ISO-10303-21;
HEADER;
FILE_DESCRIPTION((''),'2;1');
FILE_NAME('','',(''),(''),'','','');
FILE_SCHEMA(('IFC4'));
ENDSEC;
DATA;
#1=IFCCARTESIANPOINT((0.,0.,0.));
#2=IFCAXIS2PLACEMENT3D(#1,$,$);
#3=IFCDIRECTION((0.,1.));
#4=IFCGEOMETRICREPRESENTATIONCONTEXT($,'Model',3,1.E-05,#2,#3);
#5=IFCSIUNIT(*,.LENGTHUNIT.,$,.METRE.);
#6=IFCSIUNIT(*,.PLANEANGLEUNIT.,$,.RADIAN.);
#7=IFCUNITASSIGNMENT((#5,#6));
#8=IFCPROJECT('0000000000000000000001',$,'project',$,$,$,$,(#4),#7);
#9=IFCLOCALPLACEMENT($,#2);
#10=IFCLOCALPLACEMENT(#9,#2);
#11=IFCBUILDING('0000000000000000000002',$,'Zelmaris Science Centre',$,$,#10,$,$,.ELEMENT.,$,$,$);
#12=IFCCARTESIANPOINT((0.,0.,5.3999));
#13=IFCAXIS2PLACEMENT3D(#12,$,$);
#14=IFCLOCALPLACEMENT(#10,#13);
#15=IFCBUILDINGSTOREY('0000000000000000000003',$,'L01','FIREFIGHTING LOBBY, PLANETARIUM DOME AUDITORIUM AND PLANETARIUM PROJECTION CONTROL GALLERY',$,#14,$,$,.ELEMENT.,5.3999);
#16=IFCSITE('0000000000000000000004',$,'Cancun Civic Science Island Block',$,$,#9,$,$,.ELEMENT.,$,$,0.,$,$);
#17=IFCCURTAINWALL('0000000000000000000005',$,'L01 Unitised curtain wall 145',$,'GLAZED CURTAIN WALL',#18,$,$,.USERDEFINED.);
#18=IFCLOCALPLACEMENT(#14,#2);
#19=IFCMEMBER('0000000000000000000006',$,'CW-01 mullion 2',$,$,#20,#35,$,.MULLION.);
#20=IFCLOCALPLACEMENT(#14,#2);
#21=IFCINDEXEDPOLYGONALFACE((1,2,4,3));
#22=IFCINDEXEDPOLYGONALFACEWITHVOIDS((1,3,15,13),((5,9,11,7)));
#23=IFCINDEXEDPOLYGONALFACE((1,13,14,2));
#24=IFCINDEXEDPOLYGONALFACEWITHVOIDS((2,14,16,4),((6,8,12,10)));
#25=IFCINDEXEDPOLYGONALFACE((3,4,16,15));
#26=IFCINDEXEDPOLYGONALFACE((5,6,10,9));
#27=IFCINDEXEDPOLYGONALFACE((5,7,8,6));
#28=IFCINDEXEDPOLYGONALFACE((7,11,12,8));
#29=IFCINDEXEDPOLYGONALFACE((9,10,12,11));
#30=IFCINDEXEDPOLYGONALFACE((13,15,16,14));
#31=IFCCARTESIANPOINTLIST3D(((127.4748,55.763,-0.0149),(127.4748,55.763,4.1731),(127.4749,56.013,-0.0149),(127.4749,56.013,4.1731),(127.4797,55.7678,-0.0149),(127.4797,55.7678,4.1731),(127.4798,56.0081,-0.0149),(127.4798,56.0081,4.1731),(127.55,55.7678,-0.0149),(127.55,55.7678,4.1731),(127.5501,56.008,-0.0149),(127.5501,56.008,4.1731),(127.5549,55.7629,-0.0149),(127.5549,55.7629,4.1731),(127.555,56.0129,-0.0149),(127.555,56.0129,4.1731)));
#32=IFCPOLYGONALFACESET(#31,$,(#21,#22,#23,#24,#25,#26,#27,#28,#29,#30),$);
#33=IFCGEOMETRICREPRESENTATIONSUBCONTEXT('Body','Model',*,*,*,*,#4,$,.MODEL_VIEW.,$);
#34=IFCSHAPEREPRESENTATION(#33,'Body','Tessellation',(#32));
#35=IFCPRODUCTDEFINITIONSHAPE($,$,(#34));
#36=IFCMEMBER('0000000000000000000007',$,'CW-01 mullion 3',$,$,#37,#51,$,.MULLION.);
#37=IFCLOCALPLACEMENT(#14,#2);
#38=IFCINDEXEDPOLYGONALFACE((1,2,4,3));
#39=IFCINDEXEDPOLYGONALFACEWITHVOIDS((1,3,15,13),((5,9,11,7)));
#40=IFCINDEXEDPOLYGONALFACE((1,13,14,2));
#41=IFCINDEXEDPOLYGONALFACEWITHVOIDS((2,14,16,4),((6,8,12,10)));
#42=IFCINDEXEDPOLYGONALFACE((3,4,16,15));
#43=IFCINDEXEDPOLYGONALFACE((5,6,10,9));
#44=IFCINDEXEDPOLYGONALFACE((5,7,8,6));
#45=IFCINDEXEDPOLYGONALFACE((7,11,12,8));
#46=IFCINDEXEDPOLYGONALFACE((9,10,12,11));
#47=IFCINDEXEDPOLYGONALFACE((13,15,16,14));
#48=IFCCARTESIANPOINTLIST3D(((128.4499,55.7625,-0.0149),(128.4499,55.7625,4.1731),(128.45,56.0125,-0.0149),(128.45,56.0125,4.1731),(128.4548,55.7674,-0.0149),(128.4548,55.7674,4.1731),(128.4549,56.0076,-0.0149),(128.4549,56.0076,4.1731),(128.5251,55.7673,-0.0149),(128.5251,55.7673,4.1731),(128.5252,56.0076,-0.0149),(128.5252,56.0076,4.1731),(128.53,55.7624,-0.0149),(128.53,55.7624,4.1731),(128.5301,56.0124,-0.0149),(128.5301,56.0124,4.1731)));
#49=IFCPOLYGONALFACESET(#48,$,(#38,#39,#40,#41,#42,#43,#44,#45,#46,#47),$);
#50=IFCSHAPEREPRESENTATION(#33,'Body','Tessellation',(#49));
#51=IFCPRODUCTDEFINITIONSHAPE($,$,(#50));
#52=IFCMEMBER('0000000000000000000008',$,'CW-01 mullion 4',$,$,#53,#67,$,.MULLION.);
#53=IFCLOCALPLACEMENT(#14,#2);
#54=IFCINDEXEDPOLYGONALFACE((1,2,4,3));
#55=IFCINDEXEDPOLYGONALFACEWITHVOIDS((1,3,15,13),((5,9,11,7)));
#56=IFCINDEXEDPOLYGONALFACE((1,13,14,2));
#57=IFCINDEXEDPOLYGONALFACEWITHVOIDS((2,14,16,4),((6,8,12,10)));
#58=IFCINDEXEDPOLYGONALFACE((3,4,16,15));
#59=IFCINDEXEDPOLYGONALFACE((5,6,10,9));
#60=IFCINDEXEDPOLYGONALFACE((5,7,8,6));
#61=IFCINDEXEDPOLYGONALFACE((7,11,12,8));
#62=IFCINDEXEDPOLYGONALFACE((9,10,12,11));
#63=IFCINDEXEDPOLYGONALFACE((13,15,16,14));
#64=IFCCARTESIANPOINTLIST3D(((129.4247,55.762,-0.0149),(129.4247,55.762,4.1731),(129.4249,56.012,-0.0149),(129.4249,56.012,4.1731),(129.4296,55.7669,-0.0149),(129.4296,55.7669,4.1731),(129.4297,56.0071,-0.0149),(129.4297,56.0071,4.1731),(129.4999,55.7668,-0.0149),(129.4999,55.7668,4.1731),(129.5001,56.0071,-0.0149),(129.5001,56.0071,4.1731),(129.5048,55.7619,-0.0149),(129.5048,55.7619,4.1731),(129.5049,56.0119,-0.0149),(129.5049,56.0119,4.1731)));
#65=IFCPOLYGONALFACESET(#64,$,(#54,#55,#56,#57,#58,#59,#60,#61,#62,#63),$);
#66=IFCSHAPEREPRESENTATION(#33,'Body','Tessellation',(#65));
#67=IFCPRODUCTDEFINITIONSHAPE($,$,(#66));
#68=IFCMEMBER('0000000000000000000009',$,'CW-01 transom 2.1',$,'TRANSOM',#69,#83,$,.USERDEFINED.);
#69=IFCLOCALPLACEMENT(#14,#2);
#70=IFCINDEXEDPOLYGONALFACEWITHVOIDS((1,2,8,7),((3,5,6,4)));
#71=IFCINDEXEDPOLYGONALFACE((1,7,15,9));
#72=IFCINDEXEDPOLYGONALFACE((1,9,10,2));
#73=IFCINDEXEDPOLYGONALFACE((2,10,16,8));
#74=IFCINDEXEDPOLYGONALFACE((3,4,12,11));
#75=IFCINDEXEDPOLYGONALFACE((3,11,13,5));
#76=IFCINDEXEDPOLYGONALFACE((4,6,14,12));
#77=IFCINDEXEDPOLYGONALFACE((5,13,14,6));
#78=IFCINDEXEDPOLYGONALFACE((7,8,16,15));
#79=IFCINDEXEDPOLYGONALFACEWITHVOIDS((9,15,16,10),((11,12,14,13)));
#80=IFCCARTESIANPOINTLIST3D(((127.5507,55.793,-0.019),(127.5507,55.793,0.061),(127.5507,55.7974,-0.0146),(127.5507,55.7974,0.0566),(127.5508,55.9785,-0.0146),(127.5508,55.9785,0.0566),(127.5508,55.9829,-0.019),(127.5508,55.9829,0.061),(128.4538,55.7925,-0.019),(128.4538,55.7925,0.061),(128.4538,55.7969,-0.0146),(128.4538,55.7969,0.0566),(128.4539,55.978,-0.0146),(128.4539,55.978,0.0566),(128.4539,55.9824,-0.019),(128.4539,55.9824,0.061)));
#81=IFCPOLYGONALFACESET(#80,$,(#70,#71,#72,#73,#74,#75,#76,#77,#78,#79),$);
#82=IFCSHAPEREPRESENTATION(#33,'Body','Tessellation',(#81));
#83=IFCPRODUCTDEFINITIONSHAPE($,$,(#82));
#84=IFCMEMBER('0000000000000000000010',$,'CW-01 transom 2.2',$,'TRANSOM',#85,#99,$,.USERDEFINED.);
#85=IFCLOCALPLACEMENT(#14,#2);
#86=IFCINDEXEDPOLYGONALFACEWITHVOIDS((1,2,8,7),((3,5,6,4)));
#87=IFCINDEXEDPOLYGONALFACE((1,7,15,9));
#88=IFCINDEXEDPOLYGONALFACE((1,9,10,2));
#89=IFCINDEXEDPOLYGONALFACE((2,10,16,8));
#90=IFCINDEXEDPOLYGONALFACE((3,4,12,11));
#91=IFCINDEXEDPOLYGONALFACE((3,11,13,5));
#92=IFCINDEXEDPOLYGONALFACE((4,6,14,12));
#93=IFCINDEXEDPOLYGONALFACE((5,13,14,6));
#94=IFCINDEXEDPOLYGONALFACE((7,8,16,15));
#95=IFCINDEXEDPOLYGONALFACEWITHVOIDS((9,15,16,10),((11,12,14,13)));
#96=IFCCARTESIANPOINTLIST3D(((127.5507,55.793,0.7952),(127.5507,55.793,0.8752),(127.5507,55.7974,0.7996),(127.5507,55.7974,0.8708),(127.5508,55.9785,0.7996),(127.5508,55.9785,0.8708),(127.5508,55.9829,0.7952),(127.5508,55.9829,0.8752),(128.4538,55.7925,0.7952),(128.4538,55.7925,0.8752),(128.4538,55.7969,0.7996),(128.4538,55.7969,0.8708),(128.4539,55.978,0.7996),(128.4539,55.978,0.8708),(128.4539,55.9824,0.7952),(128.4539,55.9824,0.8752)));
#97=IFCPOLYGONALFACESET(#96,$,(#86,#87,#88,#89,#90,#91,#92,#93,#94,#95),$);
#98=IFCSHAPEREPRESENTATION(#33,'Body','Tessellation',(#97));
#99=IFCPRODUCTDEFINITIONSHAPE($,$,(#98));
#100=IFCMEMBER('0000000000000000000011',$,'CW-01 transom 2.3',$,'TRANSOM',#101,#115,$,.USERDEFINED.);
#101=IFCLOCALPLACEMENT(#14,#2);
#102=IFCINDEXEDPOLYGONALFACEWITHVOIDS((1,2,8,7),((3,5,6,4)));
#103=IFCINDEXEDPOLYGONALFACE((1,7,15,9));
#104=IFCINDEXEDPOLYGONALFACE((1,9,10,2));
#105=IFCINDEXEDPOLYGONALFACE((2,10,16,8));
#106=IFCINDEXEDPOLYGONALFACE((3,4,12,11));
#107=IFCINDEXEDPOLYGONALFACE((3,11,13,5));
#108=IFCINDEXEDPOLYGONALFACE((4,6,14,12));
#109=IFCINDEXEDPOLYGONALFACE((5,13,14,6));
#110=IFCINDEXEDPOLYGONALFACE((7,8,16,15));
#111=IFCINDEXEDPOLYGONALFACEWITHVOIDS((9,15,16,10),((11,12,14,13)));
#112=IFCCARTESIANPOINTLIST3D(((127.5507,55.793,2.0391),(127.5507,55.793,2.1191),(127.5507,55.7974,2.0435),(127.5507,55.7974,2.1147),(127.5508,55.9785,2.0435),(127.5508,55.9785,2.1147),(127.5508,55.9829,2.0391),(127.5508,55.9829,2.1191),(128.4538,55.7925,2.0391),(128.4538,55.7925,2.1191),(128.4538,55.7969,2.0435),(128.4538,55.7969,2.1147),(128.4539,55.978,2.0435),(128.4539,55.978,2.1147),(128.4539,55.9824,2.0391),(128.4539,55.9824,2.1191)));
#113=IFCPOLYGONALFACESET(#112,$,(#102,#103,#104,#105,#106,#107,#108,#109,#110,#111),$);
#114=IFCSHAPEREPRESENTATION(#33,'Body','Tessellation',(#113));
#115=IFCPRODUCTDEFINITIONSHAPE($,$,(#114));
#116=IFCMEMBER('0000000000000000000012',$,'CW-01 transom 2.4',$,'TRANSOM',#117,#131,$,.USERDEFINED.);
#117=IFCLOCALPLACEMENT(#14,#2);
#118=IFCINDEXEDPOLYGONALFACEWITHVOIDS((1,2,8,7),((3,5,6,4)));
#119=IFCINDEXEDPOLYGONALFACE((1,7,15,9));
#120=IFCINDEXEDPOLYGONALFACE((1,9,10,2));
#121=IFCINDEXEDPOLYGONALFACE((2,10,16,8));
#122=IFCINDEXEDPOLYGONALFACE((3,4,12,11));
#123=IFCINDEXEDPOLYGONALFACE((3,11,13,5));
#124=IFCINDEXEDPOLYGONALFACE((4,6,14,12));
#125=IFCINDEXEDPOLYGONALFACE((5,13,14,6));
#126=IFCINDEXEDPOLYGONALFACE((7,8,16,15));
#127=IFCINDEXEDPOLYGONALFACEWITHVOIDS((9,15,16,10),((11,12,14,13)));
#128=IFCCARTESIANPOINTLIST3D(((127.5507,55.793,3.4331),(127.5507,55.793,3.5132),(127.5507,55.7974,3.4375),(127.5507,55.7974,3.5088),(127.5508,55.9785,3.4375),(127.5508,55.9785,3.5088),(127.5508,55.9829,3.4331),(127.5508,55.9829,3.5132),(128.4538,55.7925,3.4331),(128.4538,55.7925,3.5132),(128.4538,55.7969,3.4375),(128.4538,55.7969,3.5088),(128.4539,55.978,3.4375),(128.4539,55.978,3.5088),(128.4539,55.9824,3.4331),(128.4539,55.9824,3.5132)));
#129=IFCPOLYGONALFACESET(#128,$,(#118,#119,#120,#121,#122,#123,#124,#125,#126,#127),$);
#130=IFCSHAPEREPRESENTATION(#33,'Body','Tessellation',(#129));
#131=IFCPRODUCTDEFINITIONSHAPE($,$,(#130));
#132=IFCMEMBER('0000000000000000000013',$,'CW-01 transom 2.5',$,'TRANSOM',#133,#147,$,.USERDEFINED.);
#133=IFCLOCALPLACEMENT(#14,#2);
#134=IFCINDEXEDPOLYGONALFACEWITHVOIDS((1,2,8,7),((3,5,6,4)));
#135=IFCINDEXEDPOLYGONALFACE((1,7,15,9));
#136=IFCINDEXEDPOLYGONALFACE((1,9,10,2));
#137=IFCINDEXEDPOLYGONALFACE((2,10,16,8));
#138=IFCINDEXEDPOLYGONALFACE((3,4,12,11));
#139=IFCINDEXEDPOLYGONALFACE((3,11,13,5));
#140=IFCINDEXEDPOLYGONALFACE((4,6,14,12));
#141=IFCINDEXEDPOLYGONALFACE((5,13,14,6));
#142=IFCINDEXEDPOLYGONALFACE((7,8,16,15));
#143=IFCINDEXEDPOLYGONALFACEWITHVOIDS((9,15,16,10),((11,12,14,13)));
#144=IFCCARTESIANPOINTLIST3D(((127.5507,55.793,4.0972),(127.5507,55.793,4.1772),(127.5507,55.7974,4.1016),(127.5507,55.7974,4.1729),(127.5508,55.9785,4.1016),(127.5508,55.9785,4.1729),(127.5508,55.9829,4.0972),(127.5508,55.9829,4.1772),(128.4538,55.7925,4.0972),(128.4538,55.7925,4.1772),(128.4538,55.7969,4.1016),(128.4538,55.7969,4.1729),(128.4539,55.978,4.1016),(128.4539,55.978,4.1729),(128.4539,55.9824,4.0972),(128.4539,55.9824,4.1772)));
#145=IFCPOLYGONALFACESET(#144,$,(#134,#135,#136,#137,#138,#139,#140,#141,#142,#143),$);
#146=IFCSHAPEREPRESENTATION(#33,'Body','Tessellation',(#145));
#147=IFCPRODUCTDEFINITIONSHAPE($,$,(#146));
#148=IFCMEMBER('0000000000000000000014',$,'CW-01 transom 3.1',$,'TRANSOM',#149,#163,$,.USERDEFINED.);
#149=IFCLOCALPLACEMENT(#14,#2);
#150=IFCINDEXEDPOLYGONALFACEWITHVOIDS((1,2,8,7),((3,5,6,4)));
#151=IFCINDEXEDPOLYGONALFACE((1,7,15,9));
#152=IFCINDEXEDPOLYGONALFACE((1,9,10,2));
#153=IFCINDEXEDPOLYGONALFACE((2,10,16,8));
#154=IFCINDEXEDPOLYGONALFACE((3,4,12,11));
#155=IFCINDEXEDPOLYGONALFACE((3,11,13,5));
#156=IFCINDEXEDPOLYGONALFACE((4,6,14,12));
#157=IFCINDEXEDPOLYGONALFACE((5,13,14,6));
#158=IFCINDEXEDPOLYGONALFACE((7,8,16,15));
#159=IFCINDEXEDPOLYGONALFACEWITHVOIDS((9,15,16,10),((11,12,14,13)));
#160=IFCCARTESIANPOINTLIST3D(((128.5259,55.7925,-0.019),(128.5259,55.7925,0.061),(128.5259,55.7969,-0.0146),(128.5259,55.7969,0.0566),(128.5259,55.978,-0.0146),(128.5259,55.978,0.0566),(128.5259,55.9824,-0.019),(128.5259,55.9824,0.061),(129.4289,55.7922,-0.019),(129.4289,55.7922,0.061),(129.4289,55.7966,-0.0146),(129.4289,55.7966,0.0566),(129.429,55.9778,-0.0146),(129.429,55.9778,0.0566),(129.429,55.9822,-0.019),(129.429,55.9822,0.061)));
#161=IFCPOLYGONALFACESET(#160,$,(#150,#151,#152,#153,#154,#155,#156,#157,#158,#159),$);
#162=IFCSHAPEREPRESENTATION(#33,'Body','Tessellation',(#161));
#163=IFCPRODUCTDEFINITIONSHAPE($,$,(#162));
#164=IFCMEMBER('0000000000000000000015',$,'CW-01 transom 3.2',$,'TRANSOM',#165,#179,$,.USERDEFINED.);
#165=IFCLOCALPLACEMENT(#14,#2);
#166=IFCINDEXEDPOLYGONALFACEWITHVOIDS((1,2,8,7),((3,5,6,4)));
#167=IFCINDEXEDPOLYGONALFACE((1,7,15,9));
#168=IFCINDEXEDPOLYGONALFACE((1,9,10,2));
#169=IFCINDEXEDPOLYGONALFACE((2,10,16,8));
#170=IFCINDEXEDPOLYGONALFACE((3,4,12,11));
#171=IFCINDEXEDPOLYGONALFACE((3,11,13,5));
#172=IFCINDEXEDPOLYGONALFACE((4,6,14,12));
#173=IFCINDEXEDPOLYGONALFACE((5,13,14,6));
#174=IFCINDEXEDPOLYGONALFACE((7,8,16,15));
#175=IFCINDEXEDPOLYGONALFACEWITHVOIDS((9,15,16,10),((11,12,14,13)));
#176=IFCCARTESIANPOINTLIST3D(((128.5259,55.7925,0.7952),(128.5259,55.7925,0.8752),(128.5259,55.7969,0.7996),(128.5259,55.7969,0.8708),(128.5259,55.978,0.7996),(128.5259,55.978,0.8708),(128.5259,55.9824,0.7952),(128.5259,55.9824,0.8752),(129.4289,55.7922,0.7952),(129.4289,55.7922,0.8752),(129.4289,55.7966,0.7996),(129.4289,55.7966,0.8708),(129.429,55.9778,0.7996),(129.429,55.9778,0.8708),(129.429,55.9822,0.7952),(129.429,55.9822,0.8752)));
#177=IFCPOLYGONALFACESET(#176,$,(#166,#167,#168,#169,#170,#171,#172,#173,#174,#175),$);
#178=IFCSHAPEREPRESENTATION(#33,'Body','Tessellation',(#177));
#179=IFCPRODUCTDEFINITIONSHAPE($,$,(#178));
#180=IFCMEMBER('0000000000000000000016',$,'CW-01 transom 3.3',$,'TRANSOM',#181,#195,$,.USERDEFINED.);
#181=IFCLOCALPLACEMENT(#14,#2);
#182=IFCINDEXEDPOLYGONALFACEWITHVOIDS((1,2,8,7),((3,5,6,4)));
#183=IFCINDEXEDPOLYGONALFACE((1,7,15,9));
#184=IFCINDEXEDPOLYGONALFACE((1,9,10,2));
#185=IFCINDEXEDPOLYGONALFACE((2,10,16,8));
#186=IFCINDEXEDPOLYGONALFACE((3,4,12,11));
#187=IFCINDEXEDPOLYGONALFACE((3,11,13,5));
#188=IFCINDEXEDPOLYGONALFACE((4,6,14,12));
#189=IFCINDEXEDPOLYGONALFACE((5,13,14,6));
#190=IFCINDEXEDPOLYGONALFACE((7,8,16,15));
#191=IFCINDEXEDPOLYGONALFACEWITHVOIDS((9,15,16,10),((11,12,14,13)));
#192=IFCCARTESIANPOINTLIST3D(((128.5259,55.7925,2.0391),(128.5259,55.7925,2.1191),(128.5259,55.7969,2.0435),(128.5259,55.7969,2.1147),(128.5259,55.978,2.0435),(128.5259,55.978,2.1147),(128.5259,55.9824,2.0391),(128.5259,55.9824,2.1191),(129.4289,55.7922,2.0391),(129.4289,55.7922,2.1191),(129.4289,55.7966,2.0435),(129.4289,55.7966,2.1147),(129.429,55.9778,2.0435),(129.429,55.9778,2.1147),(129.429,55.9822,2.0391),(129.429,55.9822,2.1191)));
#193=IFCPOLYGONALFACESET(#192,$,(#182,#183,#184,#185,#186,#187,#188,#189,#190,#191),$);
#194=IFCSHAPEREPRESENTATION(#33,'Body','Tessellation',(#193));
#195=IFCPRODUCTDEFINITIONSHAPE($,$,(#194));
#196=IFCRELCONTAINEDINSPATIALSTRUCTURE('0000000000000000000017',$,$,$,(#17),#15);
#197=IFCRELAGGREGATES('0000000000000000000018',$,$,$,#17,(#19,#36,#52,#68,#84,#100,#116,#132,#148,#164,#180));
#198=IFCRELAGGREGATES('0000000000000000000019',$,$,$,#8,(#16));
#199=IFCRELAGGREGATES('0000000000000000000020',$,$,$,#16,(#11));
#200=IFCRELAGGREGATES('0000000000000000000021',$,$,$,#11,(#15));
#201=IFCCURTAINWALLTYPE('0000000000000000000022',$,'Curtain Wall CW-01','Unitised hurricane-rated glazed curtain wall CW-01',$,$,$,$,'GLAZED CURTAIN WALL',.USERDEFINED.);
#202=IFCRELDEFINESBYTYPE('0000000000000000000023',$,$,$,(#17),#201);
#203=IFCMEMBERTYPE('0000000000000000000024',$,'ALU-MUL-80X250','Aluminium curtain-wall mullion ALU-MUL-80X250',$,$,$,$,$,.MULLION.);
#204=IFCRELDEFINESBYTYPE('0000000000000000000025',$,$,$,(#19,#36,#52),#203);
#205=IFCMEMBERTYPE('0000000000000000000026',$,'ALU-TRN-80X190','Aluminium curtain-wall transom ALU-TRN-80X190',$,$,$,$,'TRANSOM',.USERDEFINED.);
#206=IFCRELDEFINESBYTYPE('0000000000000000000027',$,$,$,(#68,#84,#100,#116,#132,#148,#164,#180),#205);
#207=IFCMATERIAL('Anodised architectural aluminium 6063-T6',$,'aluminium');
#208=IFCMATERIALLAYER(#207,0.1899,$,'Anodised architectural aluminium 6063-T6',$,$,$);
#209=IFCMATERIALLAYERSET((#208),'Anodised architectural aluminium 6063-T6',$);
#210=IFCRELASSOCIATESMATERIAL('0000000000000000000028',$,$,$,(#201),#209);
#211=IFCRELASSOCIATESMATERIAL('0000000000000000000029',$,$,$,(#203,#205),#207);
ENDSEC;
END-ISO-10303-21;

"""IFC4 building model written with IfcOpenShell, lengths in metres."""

from ifc_helpers import new_model, si_unit, direction, frame, origin, origin_2d, place, context, subcontext, project, spatial, hollow_rectangle, extrude, material, layer, layer_set, material_profile, profile_set, type_object, element, aggregate, save


model = new_model("IFC4")

# Units and contexts
model_context = context("Model", 3, precision=1e-05, world=origin(), true_north=direction((0.0, 1.0)))
body_context = subcontext(model_context, "Body", "Model", "MODEL_VIEW")
ifc_project = project(units=[si_unit("LENGTHUNIT", "METRE"), si_unit("PLANEANGLEUNIT", "RADIAN")], contexts=[model_context])

# Site, building, storey
site_placement = place(None, origin())
site = spatial("IfcSite", under=ifc_project, at=site_placement, Name="Cancun Civic Science Island Block", CompositionType="ELEMENT", RefElevation=0.0)
building_placement = place(site_placement, origin())
building = spatial("IfcBuilding", under=site, at=building_placement, Name="Zelmaris Science Centre", CompositionType="ELEMENT")
storey_placement = place(building_placement, frame((0.0, 0.0, 5.3999)))
storey = spatial("IfcBuildingStorey", under=building, at=storey_placement, Name="L01", Description="FIREFIGHTING LOBBY, PLANETARIUM DOME AUDITORIUM AND PLANETARIUM PROJECTION CONTROL GALLERY", CompositionType="ELEMENT", Elevation=5.3999)

# Curtain wall, members
ifc_material_1 = material(Name="Anodised architectural aluminium 6063-T6", Category="aluminium")
ifc_layer_1 = layer(ifc_material_1, 0.1899, Name="Anodised architectural aluminium 6063-T6")
ifc_layer_set_1 = layer_set([ifc_layer_1], Name="Anodised architectural aluminium 6063-T6")
curtain_wall_type = type_object("IfcCurtainWallType", Name="Curtain Wall CW-01", Description="Unitised hurricane-rated glazed curtain wall CW-01", ElementType="GLAZED CURTAIN WALL", PredefinedType="USERDEFINED", material=ifc_layer_set_1)
curtain_wall_placement = place(storey_placement, origin())
curtain_wall = element("IfcCurtainWall", 1, at=curtain_wall_placement, inside=storey, type_object=curtain_wall_type, Name="L01 Unitised curtain wall 145", ObjectType="GLAZED CURTAIN WALL", PredefinedType="USERDEFINED")
ifc_material_profile_1 = material_profile(ifc_material_1, hollow_rectangle(XDim=0.0801, YDim=0.25, WallThickness=0.0049, at=origin_2d()), Name="ALU-MUL-80X250")
ifc_profile_set_1 = profile_set([ifc_material_profile_1], Name="Anodised architectural aluminium 6063-T6")
member_type_1 = type_object("IfcMemberType", Name="ALU-MUL-80X250", Description="Aluminium curtain-wall mullion ALU-MUL-80X250", PredefinedType="MULLION", material=ifc_profile_set_1)
member_1_placement = place(storey_placement, frame((127.5149, 55.8879, -0.0149), z_axis=(0.0, 0.0, 1.0), x_axis=(1.0, -0.000489, 0.0)))
member_1 = element("IfcMember", 2, at=member_1_placement, type_object=member_type_1, Name="CW-01 mullion 2", PredefinedType="MULLION", context=body_context, shape_type="SweptSolid", body=[
    extrude(hollow_rectangle(XDim=0.0801, YDim=0.25, WallThickness=0.0049, at=origin_2d()), origin(), (0.0, 0.0, 1.0), 4.188),
])
member_2_placement = place(storey_placement, frame((128.49, 55.8875, -0.0149), z_axis=(0.0, 0.0, 1.0), x_axis=(1.0, -0.000489, 0.0)))
member_2 = element("IfcMember", 3, at=member_2_placement, type_object=member_type_1, Name="CW-01 mullion 3", PredefinedType="MULLION", context=body_context, shape_type="SweptSolid", body=[
    extrude(hollow_rectangle(XDim=0.0801, YDim=0.25, WallThickness=0.0049, at=origin_2d()), origin(), (0.0, 0.0, 1.0), 4.188),
])
member_3_placement = place(storey_placement, frame((129.4648, 55.887, -0.0149), z_axis=(0.0, 0.0, 1.0), x_axis=(1.0, -0.000489, 0.0)))
member_3 = element("IfcMember", 4, at=member_3_placement, type_object=member_type_1, Name="CW-01 mullion 4", PredefinedType="MULLION", context=body_context, shape_type="SweptSolid", body=[
    extrude(hollow_rectangle(XDim=0.0801, YDim=0.25, WallThickness=0.0049, at=origin_2d()), origin(), (0.0, 0.0, 1.0), 4.188),
])
ifc_material_profile_2 = material_profile(ifc_material_1, hollow_rectangle(XDim=0.0801, YDim=0.1899, WallThickness=0.0044, at=origin_2d()), Name="ALU-TRN-80X190")
ifc_profile_set_2 = profile_set([ifc_material_profile_2], Name="Anodised architectural aluminium 6063-T6")
member_type_2 = type_object("IfcMemberType", Name="ALU-TRN-80X190", Description="Aluminium curtain-wall transom ALU-TRN-80X190", ElementType="TRANSOM", PredefinedType="USERDEFINED", material=ifc_profile_set_2)
member_4_placement = place(storey_placement, frame((127.5508, 55.8879, 0.021), z_axis=(1.0, -0.000541, 0.0), x_axis=(0.0, 0.0, 1.0)))
member_4 = element("IfcMember", 5, at=member_4_placement, type_object=member_type_2, Name="CW-01 transom 2.1", ObjectType="TRANSOM", PredefinedType="USERDEFINED", context=body_context, shape_type="SweptSolid", body=[
    extrude(hollow_rectangle(XDim=0.0801, YDim=0.1899, WallThickness=0.0044, at=origin_2d()), origin(), (0.0, 0.0, 1.0), 0.9031),
])
member_5_placement = place(storey_placement, frame((127.5508, 55.8879, 0.8352), z_axis=(1.0, -0.000541, 0.0), x_axis=(0.0, 0.0, 1.0)))
member_5 = element("IfcMember", 6, at=member_5_placement, type_object=member_type_2, Name="CW-01 transom 2.2", ObjectType="TRANSOM", PredefinedType="USERDEFINED", context=body_context, shape_type="SweptSolid", body=[
    extrude(hollow_rectangle(XDim=0.0801, YDim=0.1899, WallThickness=0.0044, at=origin_2d()), origin(), (0.0, 0.0, 1.0), 0.9031),
])
member_6_placement = place(storey_placement, frame((127.5508, 55.8879, 2.0791), z_axis=(1.0, -0.000541, 0.0), x_axis=(0.0, 0.0, 1.0)))
member_6 = element("IfcMember", 7, at=member_6_placement, type_object=member_type_2, Name="CW-01 transom 2.3", ObjectType="TRANSOM", PredefinedType="USERDEFINED", context=body_context, shape_type="SweptSolid", body=[
    extrude(hollow_rectangle(XDim=0.0801, YDim=0.1899, WallThickness=0.0044, at=origin_2d()), origin(), (0.0, 0.0, 1.0), 0.9031),
])
member_7_placement = place(storey_placement, frame((127.5508, 55.8879, 3.4731), z_axis=(1.0, -0.000541, 0.0), x_axis=(0.0, 0.0, 1.0)))
member_7 = element("IfcMember", 8, at=member_7_placement, type_object=member_type_2, Name="CW-01 transom 2.4", ObjectType="TRANSOM", PredefinedType="USERDEFINED", context=body_context, shape_type="SweptSolid", body=[
    extrude(hollow_rectangle(XDim=0.0801, YDim=0.1899, WallThickness=0.0044, at=origin_2d()), origin(), (0.0, 0.0, 1.0), 0.9031),
])
member_8_placement = place(storey_placement, frame((127.5508, 55.8879, 4.1372), z_axis=(1.0, -0.000541, 0.0), x_axis=(0.0, 0.0, 1.0)))
member_8 = element("IfcMember", 9, at=member_8_placement, type_object=member_type_2, Name="CW-01 transom 2.5", ObjectType="TRANSOM", PredefinedType="USERDEFINED", context=body_context, shape_type="SweptSolid", body=[
    extrude(hollow_rectangle(XDim=0.0801, YDim=0.1899, WallThickness=0.0044, at=origin_2d()), origin(), (0.0, 0.0, 1.0), 0.9031),
])
member_9_placement = place(storey_placement, frame((128.5259, 55.8875, 0.021), z_axis=(1.0, -0.00027, 0.0), x_axis=(0.0, 0.0, 1.0)))
member_9 = element("IfcMember", 10, at=member_9_placement, type_object=member_type_2, Name="CW-01 transom 3.1", ObjectType="TRANSOM", PredefinedType="USERDEFINED", context=body_context, shape_type="SweptSolid", body=[
    extrude(hollow_rectangle(XDim=0.0801, YDim=0.1899, WallThickness=0.0044, at=origin_2d()), origin(), (0.0, 0.0, 1.0), 0.9031),
])
member_10_placement = place(storey_placement, frame((128.5259, 55.8875, 0.8352), z_axis=(1.0, -0.00027, 0.0), x_axis=(0.0, 0.0, 1.0)))
member_10 = element("IfcMember", 11, at=member_10_placement, type_object=member_type_2, Name="CW-01 transom 3.2", ObjectType="TRANSOM", PredefinedType="USERDEFINED", context=body_context, shape_type="SweptSolid", body=[
    extrude(hollow_rectangle(XDim=0.0801, YDim=0.1899, WallThickness=0.0044, at=origin_2d()), origin(), (0.0, 0.0, 1.0), 0.9031),
])
member_11_placement = place(storey_placement, frame((128.5259, 55.8875, 2.0791), z_axis=(1.0, -0.00027, 0.0), x_axis=(0.0, 0.0, 1.0)))
member_11 = element("IfcMember", 12, at=member_11_placement, type_object=member_type_2, Name="CW-01 transom 3.3", ObjectType="TRANSOM", PredefinedType="USERDEFINED", context=body_context, shape_type="SweptSolid", body=[
    extrude(hollow_rectangle(XDim=0.0801, YDim=0.1899, WallThickness=0.0044, at=origin_2d()), origin(), (0.0, 0.0, 1.0), 0.9031),
])
aggregate(curtain_wall, [member_1, member_2, member_3, member_4, member_5, member_6, member_7, member_8, member_9, member_10, member_11])

save(model, "model.ifc")
